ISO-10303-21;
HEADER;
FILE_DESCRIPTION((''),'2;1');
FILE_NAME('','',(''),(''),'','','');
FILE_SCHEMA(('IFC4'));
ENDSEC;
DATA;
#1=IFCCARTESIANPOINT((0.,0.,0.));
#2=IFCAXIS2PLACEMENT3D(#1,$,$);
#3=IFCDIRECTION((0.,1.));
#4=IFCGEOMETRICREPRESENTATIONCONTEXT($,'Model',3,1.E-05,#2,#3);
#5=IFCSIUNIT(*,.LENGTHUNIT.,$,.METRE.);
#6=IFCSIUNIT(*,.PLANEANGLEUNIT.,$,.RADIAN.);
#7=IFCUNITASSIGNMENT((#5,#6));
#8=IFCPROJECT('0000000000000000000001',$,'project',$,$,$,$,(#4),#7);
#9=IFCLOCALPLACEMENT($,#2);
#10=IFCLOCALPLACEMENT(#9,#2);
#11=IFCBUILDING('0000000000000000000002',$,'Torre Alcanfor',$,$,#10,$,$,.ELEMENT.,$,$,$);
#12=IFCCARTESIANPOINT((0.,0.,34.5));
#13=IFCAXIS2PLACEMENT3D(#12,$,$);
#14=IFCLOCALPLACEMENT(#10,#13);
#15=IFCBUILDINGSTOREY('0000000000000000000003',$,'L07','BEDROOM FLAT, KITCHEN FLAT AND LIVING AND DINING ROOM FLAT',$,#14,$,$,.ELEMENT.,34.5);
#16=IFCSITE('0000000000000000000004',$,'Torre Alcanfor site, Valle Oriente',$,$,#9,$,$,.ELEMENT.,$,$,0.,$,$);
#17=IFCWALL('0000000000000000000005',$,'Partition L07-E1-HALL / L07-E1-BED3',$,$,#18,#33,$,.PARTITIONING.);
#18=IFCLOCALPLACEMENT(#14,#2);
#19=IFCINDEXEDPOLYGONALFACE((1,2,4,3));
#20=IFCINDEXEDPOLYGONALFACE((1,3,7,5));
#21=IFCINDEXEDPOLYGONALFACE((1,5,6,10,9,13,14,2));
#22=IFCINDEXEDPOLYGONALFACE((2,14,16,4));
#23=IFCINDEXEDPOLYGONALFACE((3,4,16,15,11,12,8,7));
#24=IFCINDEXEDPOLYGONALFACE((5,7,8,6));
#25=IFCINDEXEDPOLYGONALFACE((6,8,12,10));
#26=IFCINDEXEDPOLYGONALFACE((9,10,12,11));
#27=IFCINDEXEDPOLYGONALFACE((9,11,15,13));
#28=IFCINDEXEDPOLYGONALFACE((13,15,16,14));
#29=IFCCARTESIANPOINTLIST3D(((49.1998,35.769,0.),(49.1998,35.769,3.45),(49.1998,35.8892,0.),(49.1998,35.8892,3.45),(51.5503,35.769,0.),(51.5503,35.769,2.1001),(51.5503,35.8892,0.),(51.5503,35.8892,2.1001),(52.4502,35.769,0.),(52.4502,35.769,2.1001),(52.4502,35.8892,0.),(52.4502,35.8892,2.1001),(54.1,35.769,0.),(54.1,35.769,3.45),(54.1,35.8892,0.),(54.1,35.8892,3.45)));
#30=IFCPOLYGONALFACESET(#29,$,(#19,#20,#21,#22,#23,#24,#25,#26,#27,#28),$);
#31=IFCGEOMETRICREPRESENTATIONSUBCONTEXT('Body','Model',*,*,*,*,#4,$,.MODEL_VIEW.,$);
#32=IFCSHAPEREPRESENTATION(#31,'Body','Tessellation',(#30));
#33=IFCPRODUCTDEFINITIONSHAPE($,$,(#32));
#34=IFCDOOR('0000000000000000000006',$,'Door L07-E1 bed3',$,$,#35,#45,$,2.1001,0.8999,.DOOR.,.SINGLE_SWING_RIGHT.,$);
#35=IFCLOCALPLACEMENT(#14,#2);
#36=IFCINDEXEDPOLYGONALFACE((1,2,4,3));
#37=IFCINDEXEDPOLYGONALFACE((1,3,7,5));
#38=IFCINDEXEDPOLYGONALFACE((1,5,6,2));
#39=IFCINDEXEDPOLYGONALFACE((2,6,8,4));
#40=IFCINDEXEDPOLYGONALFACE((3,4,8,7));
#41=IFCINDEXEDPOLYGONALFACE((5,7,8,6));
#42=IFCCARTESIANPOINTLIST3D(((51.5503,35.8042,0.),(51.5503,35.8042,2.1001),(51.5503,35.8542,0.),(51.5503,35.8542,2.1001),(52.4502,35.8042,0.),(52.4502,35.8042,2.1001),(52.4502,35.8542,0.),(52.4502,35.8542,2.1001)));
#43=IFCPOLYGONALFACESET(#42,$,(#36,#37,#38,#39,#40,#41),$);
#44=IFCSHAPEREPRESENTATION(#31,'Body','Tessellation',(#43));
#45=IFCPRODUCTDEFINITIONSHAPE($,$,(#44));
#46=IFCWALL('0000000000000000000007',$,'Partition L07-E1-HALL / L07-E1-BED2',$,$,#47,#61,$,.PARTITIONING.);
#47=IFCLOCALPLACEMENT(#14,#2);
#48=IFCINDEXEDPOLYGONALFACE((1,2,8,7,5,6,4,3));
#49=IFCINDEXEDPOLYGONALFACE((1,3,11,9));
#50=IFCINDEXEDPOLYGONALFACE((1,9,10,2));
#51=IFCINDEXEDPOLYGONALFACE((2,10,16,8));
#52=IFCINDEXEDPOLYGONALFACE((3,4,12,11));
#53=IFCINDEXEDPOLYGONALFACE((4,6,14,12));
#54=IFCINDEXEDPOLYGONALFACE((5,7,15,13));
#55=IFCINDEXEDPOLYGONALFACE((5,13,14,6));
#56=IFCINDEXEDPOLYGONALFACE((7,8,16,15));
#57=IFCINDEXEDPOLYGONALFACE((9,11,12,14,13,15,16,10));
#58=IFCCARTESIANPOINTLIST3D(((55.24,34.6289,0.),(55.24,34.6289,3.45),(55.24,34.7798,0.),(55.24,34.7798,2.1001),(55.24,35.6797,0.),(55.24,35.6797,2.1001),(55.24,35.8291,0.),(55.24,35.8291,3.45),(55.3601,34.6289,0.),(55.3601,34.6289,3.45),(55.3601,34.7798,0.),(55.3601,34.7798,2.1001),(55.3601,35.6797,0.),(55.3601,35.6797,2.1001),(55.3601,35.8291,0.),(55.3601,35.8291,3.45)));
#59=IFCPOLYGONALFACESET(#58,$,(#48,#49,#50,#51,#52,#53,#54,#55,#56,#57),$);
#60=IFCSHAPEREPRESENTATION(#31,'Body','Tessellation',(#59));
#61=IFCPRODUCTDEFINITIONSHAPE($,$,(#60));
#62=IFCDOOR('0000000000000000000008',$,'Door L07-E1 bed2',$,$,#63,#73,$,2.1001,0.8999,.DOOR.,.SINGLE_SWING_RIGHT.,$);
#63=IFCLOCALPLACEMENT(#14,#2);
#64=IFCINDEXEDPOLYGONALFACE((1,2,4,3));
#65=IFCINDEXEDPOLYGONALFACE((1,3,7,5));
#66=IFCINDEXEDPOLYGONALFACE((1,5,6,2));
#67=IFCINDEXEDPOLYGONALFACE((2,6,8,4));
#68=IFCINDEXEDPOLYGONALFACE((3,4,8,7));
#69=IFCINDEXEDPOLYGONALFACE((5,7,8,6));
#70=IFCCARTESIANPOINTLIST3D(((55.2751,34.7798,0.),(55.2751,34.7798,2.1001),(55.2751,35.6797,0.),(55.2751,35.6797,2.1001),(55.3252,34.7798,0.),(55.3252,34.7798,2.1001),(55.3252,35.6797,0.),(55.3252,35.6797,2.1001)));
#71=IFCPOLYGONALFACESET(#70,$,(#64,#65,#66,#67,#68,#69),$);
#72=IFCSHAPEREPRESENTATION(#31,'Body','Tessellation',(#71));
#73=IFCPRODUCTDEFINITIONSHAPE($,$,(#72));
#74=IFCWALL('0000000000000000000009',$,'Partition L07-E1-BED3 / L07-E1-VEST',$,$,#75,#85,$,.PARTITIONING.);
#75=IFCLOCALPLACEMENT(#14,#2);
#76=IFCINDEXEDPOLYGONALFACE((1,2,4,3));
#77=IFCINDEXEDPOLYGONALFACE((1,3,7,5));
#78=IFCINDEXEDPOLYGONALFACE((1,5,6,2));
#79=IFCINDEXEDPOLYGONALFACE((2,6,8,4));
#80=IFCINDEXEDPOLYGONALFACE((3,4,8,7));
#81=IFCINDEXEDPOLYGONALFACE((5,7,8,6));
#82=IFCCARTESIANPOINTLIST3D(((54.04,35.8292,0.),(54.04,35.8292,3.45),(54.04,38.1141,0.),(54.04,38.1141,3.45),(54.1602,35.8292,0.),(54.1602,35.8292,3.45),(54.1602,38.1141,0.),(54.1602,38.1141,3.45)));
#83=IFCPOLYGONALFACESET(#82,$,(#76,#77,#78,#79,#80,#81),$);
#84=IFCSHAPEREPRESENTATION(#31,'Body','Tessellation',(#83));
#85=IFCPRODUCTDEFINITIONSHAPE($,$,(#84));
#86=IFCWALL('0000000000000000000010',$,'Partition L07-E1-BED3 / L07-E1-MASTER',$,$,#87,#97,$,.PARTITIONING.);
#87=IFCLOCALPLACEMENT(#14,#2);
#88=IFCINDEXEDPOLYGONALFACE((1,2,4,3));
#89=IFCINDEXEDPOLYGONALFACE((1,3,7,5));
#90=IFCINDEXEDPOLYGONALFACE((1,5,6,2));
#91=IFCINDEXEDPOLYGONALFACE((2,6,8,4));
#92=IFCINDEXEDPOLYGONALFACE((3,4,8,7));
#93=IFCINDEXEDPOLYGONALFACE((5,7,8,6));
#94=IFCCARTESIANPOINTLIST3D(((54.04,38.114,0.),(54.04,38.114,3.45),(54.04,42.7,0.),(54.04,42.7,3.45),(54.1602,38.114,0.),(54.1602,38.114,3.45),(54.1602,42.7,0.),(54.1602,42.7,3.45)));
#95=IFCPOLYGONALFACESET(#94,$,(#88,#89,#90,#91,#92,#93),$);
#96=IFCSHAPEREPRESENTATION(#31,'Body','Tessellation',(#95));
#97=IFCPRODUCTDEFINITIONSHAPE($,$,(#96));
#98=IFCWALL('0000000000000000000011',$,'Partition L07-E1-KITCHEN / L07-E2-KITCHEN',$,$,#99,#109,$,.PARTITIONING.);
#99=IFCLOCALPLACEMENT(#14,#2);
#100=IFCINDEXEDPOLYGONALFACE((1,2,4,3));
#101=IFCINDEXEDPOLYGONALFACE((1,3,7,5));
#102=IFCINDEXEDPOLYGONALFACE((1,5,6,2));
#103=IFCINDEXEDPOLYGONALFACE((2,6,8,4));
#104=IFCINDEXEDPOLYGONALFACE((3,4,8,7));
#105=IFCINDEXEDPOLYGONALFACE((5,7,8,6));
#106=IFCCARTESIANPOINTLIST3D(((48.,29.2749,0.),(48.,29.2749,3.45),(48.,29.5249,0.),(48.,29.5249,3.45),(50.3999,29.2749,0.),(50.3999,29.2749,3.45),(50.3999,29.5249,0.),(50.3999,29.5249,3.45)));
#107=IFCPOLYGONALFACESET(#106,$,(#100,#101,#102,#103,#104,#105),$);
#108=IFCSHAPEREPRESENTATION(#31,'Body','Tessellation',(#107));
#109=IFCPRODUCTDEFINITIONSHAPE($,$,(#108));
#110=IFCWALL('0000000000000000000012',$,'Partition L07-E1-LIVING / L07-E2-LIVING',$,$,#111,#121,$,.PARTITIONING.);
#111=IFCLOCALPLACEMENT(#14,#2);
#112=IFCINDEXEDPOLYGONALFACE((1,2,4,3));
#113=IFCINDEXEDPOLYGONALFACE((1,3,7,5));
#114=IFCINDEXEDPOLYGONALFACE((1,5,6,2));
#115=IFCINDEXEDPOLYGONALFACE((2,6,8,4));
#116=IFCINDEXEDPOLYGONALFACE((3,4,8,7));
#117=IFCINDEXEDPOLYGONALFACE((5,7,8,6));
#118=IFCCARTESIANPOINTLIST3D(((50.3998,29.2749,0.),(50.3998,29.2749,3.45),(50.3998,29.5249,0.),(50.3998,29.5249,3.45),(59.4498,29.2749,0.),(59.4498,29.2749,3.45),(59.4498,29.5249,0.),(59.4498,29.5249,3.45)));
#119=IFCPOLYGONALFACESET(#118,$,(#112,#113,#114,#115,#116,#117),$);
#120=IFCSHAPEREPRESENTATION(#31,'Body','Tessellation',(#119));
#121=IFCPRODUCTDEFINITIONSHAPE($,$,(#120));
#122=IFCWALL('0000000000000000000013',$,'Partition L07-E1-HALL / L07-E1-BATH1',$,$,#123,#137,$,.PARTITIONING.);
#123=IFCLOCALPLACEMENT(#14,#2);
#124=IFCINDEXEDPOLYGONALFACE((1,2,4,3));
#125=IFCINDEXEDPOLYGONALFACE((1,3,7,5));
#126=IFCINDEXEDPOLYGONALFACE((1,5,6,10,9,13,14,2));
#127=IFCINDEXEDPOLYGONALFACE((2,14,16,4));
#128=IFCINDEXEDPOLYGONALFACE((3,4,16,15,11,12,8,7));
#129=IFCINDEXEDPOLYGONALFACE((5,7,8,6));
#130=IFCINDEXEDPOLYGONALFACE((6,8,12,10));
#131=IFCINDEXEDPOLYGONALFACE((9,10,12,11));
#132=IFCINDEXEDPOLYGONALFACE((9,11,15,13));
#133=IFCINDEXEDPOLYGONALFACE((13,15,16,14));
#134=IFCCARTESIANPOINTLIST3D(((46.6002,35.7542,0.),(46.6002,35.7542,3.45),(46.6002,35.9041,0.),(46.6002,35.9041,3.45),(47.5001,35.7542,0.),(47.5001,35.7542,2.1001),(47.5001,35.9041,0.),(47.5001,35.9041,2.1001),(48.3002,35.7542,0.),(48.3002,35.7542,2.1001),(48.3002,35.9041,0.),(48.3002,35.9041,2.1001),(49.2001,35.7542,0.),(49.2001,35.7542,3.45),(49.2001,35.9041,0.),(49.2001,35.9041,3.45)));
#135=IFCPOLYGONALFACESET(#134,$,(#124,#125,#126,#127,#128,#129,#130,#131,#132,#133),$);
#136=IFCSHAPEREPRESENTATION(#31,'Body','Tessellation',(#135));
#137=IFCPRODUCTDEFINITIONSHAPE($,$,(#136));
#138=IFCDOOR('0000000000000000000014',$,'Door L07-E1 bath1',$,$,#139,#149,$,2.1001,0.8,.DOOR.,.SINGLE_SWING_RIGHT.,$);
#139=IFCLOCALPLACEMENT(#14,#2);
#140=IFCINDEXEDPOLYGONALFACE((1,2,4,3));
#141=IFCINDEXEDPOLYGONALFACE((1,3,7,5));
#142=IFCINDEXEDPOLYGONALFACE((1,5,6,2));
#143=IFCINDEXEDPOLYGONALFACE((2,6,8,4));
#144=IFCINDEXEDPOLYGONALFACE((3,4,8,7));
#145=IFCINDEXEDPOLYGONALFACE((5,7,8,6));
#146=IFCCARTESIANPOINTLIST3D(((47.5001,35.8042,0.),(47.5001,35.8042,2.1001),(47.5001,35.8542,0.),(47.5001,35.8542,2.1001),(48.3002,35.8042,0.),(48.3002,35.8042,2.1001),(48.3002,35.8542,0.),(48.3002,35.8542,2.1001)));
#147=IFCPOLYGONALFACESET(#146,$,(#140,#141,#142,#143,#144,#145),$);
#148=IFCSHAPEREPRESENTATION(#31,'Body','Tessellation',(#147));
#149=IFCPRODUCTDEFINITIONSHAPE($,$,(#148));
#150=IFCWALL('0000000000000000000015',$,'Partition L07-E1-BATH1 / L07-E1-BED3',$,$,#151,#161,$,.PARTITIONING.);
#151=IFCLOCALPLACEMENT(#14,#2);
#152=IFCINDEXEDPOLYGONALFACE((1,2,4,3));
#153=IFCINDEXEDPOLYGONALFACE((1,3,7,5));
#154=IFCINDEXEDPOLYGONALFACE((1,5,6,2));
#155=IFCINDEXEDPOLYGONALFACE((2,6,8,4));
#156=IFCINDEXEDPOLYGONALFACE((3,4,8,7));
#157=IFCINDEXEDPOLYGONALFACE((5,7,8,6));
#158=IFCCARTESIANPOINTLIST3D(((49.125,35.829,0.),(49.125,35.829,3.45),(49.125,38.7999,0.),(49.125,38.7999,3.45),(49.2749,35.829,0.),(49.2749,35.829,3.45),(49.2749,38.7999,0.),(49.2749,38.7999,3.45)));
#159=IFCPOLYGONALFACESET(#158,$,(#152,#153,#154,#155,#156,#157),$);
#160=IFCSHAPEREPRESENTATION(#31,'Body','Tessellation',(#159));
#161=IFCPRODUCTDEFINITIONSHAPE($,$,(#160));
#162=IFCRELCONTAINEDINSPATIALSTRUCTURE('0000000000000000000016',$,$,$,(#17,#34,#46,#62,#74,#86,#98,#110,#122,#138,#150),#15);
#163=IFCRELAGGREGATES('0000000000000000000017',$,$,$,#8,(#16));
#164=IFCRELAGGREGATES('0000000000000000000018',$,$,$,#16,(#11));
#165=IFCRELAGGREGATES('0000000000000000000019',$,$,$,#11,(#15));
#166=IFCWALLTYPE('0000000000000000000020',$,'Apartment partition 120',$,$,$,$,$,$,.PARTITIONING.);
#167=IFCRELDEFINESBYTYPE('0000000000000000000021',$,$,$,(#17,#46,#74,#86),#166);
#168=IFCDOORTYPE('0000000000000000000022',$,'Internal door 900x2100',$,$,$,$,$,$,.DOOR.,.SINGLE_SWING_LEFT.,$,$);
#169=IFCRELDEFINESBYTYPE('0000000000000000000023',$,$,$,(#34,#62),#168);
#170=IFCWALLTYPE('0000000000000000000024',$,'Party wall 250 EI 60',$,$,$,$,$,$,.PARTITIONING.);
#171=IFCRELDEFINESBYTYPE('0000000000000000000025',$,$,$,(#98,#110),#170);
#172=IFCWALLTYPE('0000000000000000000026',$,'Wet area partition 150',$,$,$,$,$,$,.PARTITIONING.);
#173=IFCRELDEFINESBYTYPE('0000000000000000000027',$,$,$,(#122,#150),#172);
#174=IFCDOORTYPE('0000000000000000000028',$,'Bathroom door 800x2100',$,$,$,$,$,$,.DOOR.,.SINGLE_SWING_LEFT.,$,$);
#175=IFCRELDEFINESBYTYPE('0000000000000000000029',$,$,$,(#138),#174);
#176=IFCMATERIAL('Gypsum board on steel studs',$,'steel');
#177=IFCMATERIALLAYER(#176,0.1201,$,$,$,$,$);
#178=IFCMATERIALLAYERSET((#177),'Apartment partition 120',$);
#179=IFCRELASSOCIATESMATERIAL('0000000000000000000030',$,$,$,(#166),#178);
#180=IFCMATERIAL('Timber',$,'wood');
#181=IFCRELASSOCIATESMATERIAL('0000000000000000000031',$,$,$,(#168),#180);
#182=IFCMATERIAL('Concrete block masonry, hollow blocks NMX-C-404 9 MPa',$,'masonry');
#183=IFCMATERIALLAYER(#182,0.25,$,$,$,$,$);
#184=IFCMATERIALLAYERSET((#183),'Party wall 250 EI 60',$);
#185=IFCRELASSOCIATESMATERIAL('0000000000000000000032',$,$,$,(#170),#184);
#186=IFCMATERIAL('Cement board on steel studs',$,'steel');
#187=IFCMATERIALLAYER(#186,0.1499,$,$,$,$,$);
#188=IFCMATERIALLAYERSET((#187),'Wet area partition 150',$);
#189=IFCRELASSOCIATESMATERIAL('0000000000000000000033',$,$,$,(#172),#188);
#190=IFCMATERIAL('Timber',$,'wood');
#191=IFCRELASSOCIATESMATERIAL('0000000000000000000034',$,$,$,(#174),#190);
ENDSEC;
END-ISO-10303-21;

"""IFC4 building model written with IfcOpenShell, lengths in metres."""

from ifc_helpers import new_model, si_unit, direction, frame, frame_2d, origin, place, context, subcontext, project, spatial, rectangle, extrude, material, layer, layer_set, type_object, element, fill, save


model = new_model("IFC4")

# Units and contexts
model_context = context("Model", 3, precision=1e-05, world=origin(), true_north=direction((0.0, 1.0)))
body_context = subcontext(model_context, "Body", "Model", "MODEL_VIEW")
ifc_project = project(units=[si_unit("LENGTHUNIT", "METRE"), si_unit("PLANEANGLEUNIT", "RADIAN")], contexts=[model_context])

# Site, building, storey
site_placement = place(None, origin())
site = spatial("IfcSite", under=ifc_project, at=site_placement, Name="Torre Alcanfor site, Valle Oriente", CompositionType="ELEMENT", RefElevation=0.0)
building_placement = place(site_placement, origin())
building = spatial("IfcBuilding", under=site, at=building_placement, Name="Torre Alcanfor", CompositionType="ELEMENT")
storey_placement = place(building_placement, frame((0.0, 0.0, 34.5)))
storey = spatial("IfcBuildingStorey", under=building, at=storey_placement, Name="L07", Description="BEDROOM FLAT, KITCHEN FLAT AND LIVING AND DINING ROOM FLAT", CompositionType="ELEMENT", Elevation=34.5)

# Shared definitions
ifc_material_1 = material(Name="Gypsum board on steel studs", Category="steel")
ifc_layer_1 = layer(ifc_material_1, 0.1201)
ifc_layer_set_1 = layer_set([ifc_layer_1], Name="Apartment partition 120")
wall_type_1 = type_object("IfcWallType", Name="Apartment partition 120", PredefinedType="PARTITIONING", material=ifc_layer_set_1)
ifc_material_2 = material(Name="Timber", Category="wood")
door_type_1 = type_object("IfcDoorType", Name="Internal door 900x2100", OperationType="SINGLE_SWING_LEFT", PredefinedType="DOOR", material=ifc_material_2)

# Walls, openings, doors
wall_1_placement = place(storey_placement, frame((54.1001, 35.8291, 0.0), z_axis=(0.0, 0.0, 1.0), x_axis=(-1.0, 0.0, 0.0)))
wall_1 = element("IfcWall", 1, at=wall_1_placement, inside=storey, type_object=wall_type_1, Name="Partition L07-E1-HALL / L07-E1-BED3", PredefinedType="PARTITIONING", context=body_context, shape_type="SweptSolid", body=[
    extrude(rectangle(XDim=4.9001, YDim=0.1201, at=frame_2d((2.4502, 0.0))), origin(), (0.0, 0.0, 1.0), 3.45),
])
opening_1_placement = place(wall_1_placement, frame((1.6499, 0.0, 0.0)))
opening_1 = element("IfcOpeningElement", 2, at=opening_1_placement, cuts=wall_1, PredefinedType="OPENING", context=body_context, shape_type="SweptSolid", body=[
    extrude(rectangle(XDim=0.8999, YDim=2.1001, at=frame_2d((0.45, 1.05))), frame((0.0, 0.0701, 0.0), z_axis=(0.0, -1.0, 0.0), x_axis=(1.0, 0.0, 0.0)), (0.0, 0.0, 1.0), 0.1401),
])
door_1_placement = place(opening_1_placement, frame((0.8999, 0.0, 0.0), z_axis=(0.0, 0.0, 1.0), x_axis=(-1.0, 0.0, 0.0)))
door_1 = element("IfcDoor", 3, at=door_1_placement, inside=storey, type_object=door_type_1, Name="Door L07-E1 bed3", OperationType="SINGLE_SWING_RIGHT", OverallHeight=2.1001, OverallWidth=0.8999, PredefinedType="DOOR", context=body_context, shape_type="SweptSolid", body=[
    extrude(rectangle(XDim=0.8999, YDim=2.1001, at=frame_2d((0.45, 1.05))), frame((0.0, 0.0251, 0.0), z_axis=(0.0, -1.0, 0.0), x_axis=(1.0, 0.0, 0.0)), (0.0, 0.0, 1.0), 0.05),
])
fill(opening_1, door_1)
wall_2_placement = place(storey_placement, frame((55.3, 34.6289, 0.0), z_axis=(0.0, 0.0, 1.0), x_axis=(0.0, 1.0, 0.0)))
wall_2 = element("IfcWall", 4, at=wall_2_placement, inside=storey, type_object=wall_type_1, Name="Partition L07-E1-HALL / L07-E1-BED2", PredefinedType="PARTITIONING", context=body_context, shape_type="SweptSolid", body=[
    extrude(rectangle(XDim=1.2002, YDim=0.1201, at=frame_2d((0.6001, 0.0))), origin(), (0.0, 0.0, 1.0), 3.45),
])
opening_2_placement = place(wall_2_placement, frame((0.1509, 0.0, 0.0)))
opening_2 = element("IfcOpeningElement", 5, at=opening_2_placement, cuts=wall_2, PredefinedType="OPENING", context=body_context, shape_type="SweptSolid", body=[
    extrude(rectangle(XDim=0.8999, YDim=2.1001, at=frame_2d((0.45, 1.05))), frame((0.0, 0.0701, 0.0), z_axis=(0.0, -1.0, 0.0), x_axis=(1.0, 0.0, 0.0)), (0.0, 0.0, 1.0), 0.1401),
])
door_2_placement = place(opening_2_placement, frame((0.8999, 0.0, 0.0), z_axis=(0.0, 0.0, 1.0), x_axis=(-1.0, 0.0, 0.0)))
door_2 = element("IfcDoor", 6, at=door_2_placement, inside=storey, type_object=door_type_1, Name="Door L07-E1 bed2", OperationType="SINGLE_SWING_RIGHT", OverallHeight=2.1001, OverallWidth=0.8999, PredefinedType="DOOR", context=body_context, shape_type="SweptSolid", body=[
    extrude(rectangle(XDim=0.8999, YDim=2.1001, at=frame_2d((0.45, 1.05))), frame((0.0, 0.0251, 0.0), z_axis=(0.0, -1.0, 0.0), x_axis=(1.0, 0.0, 0.0)), (0.0, 0.0, 1.0), 0.05),
])
fill(opening_2, door_2)

# Walls
wall_3_placement = place(storey_placement, frame((54.1001, 35.8291, 0.0), z_axis=(0.0, 0.0, 1.0), x_axis=(0.0, 1.0, 0.0)))
element("IfcWall", 7, at=wall_3_placement, inside=storey, type_object=wall_type_1, Name="Partition L07-E1-BED3 / L07-E1-VEST", PredefinedType="PARTITIONING", context=body_context, shape_type="SweptSolid", body=[
    extrude(rectangle(XDim=2.2849, YDim=0.1201, at=frame_2d((1.1426, 0.0))), origin(), (0.0, 0.0, 1.0), 3.45),
])
wall_4_placement = place(storey_placement, frame((54.1001, 38.114, 0.0), z_axis=(0.0, 0.0, 1.0), x_axis=(0.0, 1.0, 0.0)))
element("IfcWall", 8, at=wall_4_placement, inside=storey, type_object=wall_type_1, Name="Partition L07-E1-BED3 / L07-E1-MASTER", PredefinedType="PARTITIONING", context=body_context, shape_type="SweptSolid", body=[
    extrude(rectangle(XDim=4.5859, YDim=0.1201, at=frame_2d((2.293, 0.0))), origin(), (0.0, 0.0, 1.0), 3.45),
])
ifc_material_3 = material(Name="Concrete block masonry, hollow blocks NMX-C-404 9 MPa", Category="masonry")
ifc_layer_2 = layer(ifc_material_3, 0.25)
ifc_layer_set_2 = layer_set([ifc_layer_2], Name="Party wall 250 EI 60")
wall_type_2 = type_object("IfcWallType", Name="Party wall 250 EI 60", PredefinedType="PARTITIONING", material=ifc_layer_set_2)
wall_5_placement = place(storey_placement, frame((48.0, 29.3999, 0.0), z_axis=(0.0, 0.0, 1.0), x_axis=(1.0, 0.0, 0.0)))
element("IfcWall", 9, at=wall_5_placement, inside=storey, type_object=wall_type_2, Name="Partition L07-E1-KITCHEN / L07-E2-KITCHEN", PredefinedType="PARTITIONING", context=body_context, shape_type="SweptSolid", body=[
    extrude(rectangle(XDim=2.3999, YDim=0.25, at=frame_2d((1.2, 0.0))), origin(), (0.0, 0.0, 1.0), 3.45),
])
wall_6_placement = place(storey_placement, frame((50.3999, 29.3999, 0.0), z_axis=(0.0, 0.0, 1.0), x_axis=(1.0, 0.0, 0.0)))
element("IfcWall", 10, at=wall_6_placement, inside=storey, type_object=wall_type_2, Name="Partition L07-E1-LIVING / L07-E2-LIVING", PredefinedType="PARTITIONING", context=body_context, shape_type="SweptSolid", body=[
    extrude(rectangle(XDim=9.05, YDim=0.25, at=frame_2d((4.5249, 0.0))), origin(), (0.0, 0.0, 1.0), 3.45),
])

# Wall, opening, door
ifc_material_4 = material(Name="Cement board on steel studs", Category="steel")
ifc_layer_3 = layer(ifc_material_4, 0.1499)
ifc_layer_set_3 = layer_set([ifc_layer_3], Name="Wet area partition 150")
wall_type_3 = type_object("IfcWallType", Name="Wet area partition 150", PredefinedType="PARTITIONING", material=ifc_layer_set_3)
wall_7_placement = place(storey_placement, frame((49.2, 35.8291, 0.0), z_axis=(0.0, 0.0, 1.0), x_axis=(-1.0, 0.0, 0.0)))
wall_7 = element("IfcWall", 11, at=wall_7_placement, inside=storey, type_object=wall_type_3, Name="Partition L07-E1-HALL / L07-E1-BATH1", PredefinedType="PARTITIONING", context=body_context, shape_type="SweptSolid", body=[
    extrude(rectangle(XDim=2.5999, YDim=0.1499, at=frame_2d((1.2998, 0.0))), origin(), (0.0, 0.0, 1.0), 3.45),
])
opening_3_placement = place(wall_7_placement, frame((0.8999, 0.0, 0.0)))
opening_3 = element("IfcOpeningElement", 12, at=opening_3_placement, cuts=wall_7, PredefinedType="OPENING", context=body_context, shape_type="SweptSolid", body=[
    extrude(rectangle(XDim=0.8, YDim=2.1001, at=frame_2d((0.3999, 1.05))), frame((0.0, 0.085, 0.0), z_axis=(0.0, -1.0, 0.0), x_axis=(1.0, 0.0, 0.0)), (0.0, 0.0, 1.0), 0.1699),
])
ifc_material_5 = material(Name="Timber", Category="wood")
door_type_2 = type_object("IfcDoorType", Name="Bathroom door 800x2100", OperationType="SINGLE_SWING_LEFT", PredefinedType="DOOR", material=ifc_material_5)
door_3_placement = place(opening_3_placement, frame((0.8, 0.0, 0.0), z_axis=(0.0, 0.0, 1.0), x_axis=(-1.0, 0.0, 0.0)))
door_3 = element("IfcDoor", 13, at=door_3_placement, inside=storey, type_object=door_type_2, Name="Door L07-E1 bath1", OperationType="SINGLE_SWING_RIGHT", OverallHeight=2.1001, OverallWidth=0.8, PredefinedType="DOOR", context=body_context, shape_type="SweptSolid", body=[
    extrude(rectangle(XDim=0.8, YDim=2.1001, at=frame_2d((0.4001, 1.05))), frame((0.0, 0.0251, 0.0), z_axis=(0.0, -1.0, 0.0), x_axis=(1.0, 0.0, 0.0)), (0.0, 0.0, 1.0), 0.05),
])
fill(opening_3, door_3)

# Wall
wall_8_placement = place(storey_placement, frame((49.2, 35.8291, 0.0), z_axis=(0.0, 0.0, 1.0), x_axis=(0.0, 1.0, 0.0)))
element("IfcWall", 14, at=wall_8_placement, inside=storey, type_object=wall_type_3, Name="Partition L07-E1-BATH1 / L07-E1-BED3", PredefinedType="PARTITIONING", context=body_context, shape_type="SweptSolid", body=[
    extrude(rectangle(XDim=2.9709, YDim=0.1499, at=frame_2d((1.4854, 0.0))), origin(), (0.0, 0.0, 1.0), 3.45),
])

save(model, "model.ifc")
